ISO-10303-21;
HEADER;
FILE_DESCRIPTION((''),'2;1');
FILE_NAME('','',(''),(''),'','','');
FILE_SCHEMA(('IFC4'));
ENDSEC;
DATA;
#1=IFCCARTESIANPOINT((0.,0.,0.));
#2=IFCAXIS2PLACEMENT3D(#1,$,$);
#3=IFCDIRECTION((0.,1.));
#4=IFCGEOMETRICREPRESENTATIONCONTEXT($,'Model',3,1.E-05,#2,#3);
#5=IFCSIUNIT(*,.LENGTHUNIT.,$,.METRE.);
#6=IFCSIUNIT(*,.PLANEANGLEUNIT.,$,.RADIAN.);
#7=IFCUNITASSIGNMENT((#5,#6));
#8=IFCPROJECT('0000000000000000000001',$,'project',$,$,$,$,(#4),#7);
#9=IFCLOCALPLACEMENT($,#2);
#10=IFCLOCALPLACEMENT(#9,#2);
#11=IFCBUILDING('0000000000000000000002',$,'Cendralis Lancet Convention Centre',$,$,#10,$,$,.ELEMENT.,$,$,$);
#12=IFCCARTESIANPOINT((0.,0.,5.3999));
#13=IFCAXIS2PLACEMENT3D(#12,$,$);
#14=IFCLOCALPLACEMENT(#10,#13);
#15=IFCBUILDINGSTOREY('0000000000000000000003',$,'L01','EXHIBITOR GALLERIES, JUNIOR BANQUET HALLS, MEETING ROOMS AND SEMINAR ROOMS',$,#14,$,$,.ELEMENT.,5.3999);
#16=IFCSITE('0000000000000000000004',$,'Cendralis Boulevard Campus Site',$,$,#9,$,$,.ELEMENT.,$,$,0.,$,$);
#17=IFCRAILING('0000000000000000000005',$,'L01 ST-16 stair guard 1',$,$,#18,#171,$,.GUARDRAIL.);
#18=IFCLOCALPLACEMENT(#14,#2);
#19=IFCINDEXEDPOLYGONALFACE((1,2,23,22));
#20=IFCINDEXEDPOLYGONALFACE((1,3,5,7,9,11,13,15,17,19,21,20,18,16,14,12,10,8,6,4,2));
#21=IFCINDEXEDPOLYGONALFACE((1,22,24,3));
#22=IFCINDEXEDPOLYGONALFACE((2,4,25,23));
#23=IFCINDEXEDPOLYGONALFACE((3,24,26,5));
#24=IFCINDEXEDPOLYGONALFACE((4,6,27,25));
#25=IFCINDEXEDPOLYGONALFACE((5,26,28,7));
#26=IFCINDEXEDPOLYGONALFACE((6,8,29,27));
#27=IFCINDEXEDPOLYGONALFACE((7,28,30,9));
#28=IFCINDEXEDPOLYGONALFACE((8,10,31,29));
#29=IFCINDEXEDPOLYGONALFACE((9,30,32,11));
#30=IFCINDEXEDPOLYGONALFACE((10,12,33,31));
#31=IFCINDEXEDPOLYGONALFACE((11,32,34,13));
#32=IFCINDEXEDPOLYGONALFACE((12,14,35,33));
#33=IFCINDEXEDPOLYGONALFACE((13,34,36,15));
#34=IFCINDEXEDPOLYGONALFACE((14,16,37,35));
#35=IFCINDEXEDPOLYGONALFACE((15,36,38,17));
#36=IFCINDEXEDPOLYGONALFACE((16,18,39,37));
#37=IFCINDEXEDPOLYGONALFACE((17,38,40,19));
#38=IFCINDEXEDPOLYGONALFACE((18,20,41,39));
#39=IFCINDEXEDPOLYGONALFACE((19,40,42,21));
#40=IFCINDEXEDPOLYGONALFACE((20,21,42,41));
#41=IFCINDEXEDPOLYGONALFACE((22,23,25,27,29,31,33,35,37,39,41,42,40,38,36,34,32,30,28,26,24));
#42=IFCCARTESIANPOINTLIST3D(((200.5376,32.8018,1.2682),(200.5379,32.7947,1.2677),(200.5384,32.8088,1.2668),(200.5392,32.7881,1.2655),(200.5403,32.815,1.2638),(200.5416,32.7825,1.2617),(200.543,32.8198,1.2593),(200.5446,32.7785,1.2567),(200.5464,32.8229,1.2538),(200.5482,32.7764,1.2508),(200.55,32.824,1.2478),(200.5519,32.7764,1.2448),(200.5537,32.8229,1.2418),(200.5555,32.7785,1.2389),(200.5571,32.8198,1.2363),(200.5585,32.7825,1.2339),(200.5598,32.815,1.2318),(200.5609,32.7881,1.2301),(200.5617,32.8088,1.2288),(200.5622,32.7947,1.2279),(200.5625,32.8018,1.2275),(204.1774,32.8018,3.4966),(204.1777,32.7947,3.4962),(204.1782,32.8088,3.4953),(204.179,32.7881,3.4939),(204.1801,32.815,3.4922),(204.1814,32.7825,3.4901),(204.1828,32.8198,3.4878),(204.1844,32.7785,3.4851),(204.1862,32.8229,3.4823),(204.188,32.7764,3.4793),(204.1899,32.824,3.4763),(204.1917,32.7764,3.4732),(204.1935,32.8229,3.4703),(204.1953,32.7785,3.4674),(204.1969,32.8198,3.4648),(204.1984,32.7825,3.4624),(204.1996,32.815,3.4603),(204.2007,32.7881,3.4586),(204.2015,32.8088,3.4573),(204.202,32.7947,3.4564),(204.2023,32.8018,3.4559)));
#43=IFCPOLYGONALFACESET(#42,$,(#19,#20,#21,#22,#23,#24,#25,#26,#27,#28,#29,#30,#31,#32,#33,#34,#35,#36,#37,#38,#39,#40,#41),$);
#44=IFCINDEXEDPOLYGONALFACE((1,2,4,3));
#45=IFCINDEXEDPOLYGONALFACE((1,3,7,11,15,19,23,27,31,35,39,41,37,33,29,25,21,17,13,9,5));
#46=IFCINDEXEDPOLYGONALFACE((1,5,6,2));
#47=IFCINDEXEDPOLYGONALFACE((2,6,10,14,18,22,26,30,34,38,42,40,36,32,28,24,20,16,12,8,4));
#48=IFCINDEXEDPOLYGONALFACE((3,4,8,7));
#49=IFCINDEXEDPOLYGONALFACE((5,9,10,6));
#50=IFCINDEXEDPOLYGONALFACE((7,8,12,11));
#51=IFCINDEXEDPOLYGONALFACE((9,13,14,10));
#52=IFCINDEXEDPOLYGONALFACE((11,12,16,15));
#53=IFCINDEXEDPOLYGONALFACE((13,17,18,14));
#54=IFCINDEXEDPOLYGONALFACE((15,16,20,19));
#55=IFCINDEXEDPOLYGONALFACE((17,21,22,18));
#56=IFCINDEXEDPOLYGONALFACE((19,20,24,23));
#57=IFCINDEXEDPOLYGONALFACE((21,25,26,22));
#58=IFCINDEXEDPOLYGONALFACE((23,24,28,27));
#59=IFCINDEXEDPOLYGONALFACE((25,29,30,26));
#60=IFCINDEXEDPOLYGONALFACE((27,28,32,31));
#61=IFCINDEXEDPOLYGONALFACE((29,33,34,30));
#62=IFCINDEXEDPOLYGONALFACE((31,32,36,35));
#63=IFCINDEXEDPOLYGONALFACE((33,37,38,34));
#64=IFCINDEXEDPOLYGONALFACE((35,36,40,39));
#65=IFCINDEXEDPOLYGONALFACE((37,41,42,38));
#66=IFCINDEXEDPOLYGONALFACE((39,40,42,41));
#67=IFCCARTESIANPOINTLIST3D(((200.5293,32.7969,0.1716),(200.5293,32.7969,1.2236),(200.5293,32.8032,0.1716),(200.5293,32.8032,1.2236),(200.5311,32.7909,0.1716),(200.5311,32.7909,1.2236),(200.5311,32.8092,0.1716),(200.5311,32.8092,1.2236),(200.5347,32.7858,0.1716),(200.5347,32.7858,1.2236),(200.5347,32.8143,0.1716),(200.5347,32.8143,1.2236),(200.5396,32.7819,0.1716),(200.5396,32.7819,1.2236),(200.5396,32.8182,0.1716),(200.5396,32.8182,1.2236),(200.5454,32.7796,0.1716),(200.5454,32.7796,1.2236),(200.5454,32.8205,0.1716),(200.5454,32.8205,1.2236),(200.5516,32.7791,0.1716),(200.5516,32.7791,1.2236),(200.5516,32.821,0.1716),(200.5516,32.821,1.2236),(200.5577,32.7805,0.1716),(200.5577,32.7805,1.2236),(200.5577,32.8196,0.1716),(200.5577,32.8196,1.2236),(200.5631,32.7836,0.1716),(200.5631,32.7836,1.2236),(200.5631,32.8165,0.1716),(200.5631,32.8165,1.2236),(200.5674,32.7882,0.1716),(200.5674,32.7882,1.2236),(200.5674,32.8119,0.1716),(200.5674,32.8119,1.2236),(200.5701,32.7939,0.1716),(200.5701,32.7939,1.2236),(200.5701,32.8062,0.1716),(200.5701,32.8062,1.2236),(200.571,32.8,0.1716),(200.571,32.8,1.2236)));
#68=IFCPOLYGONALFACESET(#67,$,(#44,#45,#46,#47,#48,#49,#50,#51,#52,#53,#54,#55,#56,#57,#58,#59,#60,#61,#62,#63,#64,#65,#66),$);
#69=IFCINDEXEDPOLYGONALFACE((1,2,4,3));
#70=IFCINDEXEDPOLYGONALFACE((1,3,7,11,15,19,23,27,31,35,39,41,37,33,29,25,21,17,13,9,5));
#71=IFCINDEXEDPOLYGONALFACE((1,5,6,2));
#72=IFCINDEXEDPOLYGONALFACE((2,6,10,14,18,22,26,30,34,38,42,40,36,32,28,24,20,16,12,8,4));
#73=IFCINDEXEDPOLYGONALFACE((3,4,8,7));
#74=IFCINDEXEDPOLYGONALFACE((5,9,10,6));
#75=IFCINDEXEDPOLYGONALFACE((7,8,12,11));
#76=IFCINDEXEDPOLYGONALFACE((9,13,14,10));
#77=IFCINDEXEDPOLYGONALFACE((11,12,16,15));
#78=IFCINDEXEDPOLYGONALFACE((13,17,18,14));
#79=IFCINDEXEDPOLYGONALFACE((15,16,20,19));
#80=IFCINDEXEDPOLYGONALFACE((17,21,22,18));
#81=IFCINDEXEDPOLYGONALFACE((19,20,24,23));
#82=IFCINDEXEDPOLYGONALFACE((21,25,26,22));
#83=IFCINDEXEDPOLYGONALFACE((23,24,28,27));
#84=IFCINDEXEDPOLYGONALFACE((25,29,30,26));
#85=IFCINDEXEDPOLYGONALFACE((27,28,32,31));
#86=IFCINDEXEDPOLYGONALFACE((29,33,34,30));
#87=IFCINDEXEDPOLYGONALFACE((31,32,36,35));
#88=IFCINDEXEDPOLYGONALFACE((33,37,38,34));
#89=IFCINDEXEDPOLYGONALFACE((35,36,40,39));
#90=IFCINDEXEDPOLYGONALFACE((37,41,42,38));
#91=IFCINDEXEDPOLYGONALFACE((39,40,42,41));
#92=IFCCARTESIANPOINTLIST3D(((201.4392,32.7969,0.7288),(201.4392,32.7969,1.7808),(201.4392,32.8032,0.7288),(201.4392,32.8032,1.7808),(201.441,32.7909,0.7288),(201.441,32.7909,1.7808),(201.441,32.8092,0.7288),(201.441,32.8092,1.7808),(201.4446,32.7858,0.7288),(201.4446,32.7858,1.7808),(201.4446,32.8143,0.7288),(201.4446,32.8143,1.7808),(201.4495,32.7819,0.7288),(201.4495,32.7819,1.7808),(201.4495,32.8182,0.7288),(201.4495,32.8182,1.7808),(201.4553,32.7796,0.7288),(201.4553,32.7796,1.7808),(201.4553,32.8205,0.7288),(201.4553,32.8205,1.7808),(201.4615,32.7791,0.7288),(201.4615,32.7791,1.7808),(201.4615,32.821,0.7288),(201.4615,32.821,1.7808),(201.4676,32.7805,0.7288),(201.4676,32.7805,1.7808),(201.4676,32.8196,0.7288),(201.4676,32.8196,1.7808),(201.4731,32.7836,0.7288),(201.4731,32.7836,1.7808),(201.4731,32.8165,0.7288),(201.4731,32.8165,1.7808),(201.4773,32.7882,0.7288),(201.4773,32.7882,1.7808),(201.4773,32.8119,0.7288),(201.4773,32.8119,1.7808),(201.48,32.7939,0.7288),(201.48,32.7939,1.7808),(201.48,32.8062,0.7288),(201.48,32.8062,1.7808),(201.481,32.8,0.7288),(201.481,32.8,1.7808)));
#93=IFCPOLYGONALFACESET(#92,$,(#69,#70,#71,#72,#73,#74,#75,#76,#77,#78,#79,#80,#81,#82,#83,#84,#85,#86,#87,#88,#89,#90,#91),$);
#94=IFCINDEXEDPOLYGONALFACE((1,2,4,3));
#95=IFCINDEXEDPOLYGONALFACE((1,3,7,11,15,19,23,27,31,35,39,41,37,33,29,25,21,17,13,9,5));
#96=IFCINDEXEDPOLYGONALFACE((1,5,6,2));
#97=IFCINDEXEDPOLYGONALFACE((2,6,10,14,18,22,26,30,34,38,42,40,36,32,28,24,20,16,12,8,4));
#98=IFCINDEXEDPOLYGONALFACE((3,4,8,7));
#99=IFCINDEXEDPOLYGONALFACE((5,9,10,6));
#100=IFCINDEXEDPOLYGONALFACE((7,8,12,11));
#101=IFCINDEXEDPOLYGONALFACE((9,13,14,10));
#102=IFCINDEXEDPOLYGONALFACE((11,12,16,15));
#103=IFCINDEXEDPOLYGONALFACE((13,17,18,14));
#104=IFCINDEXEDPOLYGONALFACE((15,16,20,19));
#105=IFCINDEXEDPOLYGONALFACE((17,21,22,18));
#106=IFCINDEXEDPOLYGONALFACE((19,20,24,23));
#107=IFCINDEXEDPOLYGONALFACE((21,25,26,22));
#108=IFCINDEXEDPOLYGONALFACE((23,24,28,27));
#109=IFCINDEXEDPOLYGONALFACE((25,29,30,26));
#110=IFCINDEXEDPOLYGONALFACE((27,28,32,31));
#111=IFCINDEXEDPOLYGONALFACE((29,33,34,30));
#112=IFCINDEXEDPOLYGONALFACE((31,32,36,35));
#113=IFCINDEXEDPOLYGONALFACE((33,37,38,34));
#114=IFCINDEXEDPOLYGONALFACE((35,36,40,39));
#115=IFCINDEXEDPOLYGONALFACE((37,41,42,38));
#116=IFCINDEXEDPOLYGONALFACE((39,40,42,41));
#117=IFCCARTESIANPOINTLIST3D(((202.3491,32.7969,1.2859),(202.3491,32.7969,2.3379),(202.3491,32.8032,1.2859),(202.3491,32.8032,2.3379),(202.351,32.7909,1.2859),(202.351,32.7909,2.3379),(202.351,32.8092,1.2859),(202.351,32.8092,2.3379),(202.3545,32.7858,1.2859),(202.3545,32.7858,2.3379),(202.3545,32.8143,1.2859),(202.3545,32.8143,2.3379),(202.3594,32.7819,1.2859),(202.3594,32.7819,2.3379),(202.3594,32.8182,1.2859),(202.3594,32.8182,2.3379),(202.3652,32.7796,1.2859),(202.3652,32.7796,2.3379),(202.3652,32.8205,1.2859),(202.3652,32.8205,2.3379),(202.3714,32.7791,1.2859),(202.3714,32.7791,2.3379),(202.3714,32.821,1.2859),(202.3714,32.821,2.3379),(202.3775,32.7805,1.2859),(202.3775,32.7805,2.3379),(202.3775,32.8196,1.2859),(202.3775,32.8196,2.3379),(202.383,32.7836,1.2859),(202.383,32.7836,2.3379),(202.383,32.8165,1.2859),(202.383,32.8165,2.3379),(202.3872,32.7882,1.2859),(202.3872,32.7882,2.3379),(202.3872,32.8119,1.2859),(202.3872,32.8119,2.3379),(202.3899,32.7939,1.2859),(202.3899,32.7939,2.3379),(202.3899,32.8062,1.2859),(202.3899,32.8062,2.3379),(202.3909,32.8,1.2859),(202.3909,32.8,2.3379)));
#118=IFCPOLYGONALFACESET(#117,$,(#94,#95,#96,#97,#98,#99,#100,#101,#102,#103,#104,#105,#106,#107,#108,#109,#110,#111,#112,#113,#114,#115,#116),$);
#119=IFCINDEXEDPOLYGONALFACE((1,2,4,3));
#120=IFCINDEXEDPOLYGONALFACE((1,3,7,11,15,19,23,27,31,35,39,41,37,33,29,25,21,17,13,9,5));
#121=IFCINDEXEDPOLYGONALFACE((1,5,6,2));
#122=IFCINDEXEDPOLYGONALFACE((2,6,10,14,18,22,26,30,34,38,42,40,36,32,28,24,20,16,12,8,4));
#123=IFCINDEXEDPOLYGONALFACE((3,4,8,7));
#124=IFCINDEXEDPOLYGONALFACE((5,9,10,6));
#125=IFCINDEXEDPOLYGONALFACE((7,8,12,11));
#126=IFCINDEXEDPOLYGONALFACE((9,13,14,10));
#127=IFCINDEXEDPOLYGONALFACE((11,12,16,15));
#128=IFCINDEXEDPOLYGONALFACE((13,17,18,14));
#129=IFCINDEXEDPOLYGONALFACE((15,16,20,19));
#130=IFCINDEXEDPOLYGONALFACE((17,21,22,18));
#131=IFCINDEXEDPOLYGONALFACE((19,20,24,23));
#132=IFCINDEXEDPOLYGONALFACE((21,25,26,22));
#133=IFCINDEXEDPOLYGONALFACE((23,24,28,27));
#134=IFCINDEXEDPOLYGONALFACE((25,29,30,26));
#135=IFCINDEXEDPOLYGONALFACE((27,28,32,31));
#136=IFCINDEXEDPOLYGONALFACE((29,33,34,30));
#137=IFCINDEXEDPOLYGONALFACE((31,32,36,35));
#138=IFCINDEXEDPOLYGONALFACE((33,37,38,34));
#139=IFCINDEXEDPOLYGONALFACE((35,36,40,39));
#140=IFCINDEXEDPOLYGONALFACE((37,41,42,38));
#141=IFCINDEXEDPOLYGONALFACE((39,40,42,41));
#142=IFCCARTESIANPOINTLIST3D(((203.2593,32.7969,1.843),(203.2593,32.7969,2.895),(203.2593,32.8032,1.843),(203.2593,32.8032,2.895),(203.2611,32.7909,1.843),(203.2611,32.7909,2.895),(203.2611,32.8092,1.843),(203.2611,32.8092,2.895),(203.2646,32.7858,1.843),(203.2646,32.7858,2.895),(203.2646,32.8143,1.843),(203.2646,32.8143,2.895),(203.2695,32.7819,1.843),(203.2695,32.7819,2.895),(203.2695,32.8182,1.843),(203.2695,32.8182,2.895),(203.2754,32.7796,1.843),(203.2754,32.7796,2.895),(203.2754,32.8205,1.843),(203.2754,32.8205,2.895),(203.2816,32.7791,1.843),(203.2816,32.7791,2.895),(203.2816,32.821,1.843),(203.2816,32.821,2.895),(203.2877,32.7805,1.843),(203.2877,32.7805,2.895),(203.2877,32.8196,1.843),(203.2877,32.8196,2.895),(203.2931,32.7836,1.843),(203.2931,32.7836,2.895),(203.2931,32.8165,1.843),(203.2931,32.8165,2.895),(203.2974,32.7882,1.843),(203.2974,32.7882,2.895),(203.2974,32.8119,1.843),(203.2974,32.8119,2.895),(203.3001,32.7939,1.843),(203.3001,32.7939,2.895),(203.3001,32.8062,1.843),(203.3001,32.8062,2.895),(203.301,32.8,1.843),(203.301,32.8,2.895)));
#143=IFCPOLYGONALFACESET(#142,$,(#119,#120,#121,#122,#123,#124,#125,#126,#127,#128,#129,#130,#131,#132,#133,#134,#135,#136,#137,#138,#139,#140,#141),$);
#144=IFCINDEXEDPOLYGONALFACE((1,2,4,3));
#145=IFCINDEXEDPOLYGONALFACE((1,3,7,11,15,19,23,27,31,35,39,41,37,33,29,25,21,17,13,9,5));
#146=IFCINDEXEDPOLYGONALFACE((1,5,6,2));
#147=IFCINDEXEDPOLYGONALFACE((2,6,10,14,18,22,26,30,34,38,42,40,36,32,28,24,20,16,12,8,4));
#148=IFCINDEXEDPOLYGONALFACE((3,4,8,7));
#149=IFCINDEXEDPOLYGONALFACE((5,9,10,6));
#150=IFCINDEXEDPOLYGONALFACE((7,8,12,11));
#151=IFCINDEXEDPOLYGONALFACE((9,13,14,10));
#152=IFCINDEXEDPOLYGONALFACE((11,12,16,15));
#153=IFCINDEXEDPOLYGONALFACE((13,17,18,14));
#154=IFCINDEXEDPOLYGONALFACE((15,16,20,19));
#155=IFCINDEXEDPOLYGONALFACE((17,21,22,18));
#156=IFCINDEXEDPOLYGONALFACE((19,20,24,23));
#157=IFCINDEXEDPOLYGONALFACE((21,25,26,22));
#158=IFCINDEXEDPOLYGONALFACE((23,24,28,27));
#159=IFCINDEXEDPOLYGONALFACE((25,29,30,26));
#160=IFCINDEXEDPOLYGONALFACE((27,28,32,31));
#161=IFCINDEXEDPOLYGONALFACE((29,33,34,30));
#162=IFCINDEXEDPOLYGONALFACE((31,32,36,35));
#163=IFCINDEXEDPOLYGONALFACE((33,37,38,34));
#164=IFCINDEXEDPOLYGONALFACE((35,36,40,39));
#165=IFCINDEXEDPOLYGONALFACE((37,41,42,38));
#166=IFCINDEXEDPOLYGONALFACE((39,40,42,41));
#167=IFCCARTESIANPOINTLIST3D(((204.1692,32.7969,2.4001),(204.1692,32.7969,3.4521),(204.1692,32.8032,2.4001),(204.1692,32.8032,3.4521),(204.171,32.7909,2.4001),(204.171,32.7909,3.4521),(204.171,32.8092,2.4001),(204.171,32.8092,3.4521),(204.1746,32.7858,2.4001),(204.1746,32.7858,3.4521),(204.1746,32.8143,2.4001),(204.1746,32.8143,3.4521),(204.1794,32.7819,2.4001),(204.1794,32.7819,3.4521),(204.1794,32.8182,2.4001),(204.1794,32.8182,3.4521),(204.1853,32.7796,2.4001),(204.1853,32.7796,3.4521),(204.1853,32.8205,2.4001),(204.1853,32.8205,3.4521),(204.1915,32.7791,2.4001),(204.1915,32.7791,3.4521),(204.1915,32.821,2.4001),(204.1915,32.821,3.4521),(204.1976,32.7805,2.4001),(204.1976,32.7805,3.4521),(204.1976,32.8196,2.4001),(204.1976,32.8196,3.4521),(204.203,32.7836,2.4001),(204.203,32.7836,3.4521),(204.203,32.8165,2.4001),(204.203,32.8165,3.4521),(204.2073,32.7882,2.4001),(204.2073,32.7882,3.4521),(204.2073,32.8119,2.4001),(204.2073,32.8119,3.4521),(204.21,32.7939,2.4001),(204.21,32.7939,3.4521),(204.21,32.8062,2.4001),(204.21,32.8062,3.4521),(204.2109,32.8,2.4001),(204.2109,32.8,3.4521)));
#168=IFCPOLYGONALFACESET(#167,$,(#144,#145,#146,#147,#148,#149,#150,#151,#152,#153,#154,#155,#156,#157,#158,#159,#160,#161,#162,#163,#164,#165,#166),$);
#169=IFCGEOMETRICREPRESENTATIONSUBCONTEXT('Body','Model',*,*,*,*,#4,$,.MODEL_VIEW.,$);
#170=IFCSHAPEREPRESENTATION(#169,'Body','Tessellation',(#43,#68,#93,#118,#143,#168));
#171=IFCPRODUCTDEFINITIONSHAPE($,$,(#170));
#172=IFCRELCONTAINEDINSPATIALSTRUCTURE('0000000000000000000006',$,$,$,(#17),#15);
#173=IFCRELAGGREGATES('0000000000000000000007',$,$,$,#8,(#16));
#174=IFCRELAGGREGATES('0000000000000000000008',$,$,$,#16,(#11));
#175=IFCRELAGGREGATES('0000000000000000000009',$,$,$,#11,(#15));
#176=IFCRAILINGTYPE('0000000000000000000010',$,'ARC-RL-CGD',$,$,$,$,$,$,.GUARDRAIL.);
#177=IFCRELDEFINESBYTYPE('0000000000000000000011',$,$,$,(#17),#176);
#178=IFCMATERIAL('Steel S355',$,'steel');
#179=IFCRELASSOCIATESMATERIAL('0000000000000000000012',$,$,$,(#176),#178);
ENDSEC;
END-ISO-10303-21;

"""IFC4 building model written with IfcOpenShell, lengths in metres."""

from ifc_helpers import new_model, si_unit, direction, frame, origin, origin_2d, place, context, subcontext, project, spatial, circle, extrude, material, type_object, element, save


model = new_model("IFC4")

# Units and contexts
model_context = context("Model", 3, precision=1e-05, world=origin(), true_north=direction((0.0, 1.0)))
body_context = subcontext(model_context, "Body", "Model", "MODEL_VIEW")
ifc_project = project(units=[si_unit("LENGTHUNIT", "METRE"), si_unit("PLANEANGLEUNIT", "RADIAN")], contexts=[model_context])

# Site, building, storey
site_placement = place(None, origin())
site = spatial("IfcSite", under=ifc_project, at=site_placement, Name="Cendralis Boulevard Campus Site", CompositionType="ELEMENT", RefElevation=0.0)
building_placement = place(site_placement, origin())
building = spatial("IfcBuilding", under=site, at=building_placement, Name="Cendralis Lancet Convention Centre", CompositionType="ELEMENT")
storey_placement = place(building_placement, frame((0.0, 0.0, 5.3999)))
storey = spatial("IfcBuildingStorey", under=building, at=storey_placement, Name="L01", Description="EXHIBITOR GALLERIES, JUNIOR BANQUET HALLS, MEETING ROOMS AND SEMINAR ROOMS", CompositionType="ELEMENT", Elevation=5.3999)

# Shared definitions
ifc_material_1 = material(Name="Steel S355", Category="steel")

# Railing
railing_type_1 = type_object("IfcRailingType", Name="ARC-RL-CGD", PredefinedType="GUARDRAIL", material=ifc_material_1)
railing_1_placement = place(storey_placement, frame((200.55, 32.8, 0.1716)))
element("IfcRailing", 1, at=railing_1_placement, inside=storey, type_object=railing_type_1, Name="L01 ST-16 stair guard 1", PredefinedType="GUARDRAIL", context=body_context, shape_type="SweptSolid", body=[
    extrude(circle(Radius=0.0239, at=origin_2d()), frame((0.0, 0.0, 1.0762), z_axis=(0.85285, 0.0, 0.522156), x_axis=(0.0, 1.0, 0.0)), (0.0, 0.0, 1.0), 4.2678),
    extrude(circle(Radius=0.021, at=origin_2d()), origin(), (0.0, 0.0, 1.0), 1.052),
    extrude(circle(Radius=0.021, at=origin_2d()), frame((0.9099, 0.0, 0.5571)), (0.0, 0.0, 1.0), 1.052),
    extrude(circle(Radius=0.021, at=origin_2d()), frame((1.8198, 0.0, 1.1143)), (0.0, 0.0, 1.0), 1.052),
    extrude(circle(Radius=0.021, at=origin_2d()), frame((2.73, 0.0, 1.6714)), (0.0, 0.0, 1.0), 1.052),
    extrude(circle(Radius=0.021, at=origin_2d()), frame((3.6399, 0.0, 2.2285)), (0.0, 0.0, 1.0), 1.052),
])

save(model, "model.ifc")
